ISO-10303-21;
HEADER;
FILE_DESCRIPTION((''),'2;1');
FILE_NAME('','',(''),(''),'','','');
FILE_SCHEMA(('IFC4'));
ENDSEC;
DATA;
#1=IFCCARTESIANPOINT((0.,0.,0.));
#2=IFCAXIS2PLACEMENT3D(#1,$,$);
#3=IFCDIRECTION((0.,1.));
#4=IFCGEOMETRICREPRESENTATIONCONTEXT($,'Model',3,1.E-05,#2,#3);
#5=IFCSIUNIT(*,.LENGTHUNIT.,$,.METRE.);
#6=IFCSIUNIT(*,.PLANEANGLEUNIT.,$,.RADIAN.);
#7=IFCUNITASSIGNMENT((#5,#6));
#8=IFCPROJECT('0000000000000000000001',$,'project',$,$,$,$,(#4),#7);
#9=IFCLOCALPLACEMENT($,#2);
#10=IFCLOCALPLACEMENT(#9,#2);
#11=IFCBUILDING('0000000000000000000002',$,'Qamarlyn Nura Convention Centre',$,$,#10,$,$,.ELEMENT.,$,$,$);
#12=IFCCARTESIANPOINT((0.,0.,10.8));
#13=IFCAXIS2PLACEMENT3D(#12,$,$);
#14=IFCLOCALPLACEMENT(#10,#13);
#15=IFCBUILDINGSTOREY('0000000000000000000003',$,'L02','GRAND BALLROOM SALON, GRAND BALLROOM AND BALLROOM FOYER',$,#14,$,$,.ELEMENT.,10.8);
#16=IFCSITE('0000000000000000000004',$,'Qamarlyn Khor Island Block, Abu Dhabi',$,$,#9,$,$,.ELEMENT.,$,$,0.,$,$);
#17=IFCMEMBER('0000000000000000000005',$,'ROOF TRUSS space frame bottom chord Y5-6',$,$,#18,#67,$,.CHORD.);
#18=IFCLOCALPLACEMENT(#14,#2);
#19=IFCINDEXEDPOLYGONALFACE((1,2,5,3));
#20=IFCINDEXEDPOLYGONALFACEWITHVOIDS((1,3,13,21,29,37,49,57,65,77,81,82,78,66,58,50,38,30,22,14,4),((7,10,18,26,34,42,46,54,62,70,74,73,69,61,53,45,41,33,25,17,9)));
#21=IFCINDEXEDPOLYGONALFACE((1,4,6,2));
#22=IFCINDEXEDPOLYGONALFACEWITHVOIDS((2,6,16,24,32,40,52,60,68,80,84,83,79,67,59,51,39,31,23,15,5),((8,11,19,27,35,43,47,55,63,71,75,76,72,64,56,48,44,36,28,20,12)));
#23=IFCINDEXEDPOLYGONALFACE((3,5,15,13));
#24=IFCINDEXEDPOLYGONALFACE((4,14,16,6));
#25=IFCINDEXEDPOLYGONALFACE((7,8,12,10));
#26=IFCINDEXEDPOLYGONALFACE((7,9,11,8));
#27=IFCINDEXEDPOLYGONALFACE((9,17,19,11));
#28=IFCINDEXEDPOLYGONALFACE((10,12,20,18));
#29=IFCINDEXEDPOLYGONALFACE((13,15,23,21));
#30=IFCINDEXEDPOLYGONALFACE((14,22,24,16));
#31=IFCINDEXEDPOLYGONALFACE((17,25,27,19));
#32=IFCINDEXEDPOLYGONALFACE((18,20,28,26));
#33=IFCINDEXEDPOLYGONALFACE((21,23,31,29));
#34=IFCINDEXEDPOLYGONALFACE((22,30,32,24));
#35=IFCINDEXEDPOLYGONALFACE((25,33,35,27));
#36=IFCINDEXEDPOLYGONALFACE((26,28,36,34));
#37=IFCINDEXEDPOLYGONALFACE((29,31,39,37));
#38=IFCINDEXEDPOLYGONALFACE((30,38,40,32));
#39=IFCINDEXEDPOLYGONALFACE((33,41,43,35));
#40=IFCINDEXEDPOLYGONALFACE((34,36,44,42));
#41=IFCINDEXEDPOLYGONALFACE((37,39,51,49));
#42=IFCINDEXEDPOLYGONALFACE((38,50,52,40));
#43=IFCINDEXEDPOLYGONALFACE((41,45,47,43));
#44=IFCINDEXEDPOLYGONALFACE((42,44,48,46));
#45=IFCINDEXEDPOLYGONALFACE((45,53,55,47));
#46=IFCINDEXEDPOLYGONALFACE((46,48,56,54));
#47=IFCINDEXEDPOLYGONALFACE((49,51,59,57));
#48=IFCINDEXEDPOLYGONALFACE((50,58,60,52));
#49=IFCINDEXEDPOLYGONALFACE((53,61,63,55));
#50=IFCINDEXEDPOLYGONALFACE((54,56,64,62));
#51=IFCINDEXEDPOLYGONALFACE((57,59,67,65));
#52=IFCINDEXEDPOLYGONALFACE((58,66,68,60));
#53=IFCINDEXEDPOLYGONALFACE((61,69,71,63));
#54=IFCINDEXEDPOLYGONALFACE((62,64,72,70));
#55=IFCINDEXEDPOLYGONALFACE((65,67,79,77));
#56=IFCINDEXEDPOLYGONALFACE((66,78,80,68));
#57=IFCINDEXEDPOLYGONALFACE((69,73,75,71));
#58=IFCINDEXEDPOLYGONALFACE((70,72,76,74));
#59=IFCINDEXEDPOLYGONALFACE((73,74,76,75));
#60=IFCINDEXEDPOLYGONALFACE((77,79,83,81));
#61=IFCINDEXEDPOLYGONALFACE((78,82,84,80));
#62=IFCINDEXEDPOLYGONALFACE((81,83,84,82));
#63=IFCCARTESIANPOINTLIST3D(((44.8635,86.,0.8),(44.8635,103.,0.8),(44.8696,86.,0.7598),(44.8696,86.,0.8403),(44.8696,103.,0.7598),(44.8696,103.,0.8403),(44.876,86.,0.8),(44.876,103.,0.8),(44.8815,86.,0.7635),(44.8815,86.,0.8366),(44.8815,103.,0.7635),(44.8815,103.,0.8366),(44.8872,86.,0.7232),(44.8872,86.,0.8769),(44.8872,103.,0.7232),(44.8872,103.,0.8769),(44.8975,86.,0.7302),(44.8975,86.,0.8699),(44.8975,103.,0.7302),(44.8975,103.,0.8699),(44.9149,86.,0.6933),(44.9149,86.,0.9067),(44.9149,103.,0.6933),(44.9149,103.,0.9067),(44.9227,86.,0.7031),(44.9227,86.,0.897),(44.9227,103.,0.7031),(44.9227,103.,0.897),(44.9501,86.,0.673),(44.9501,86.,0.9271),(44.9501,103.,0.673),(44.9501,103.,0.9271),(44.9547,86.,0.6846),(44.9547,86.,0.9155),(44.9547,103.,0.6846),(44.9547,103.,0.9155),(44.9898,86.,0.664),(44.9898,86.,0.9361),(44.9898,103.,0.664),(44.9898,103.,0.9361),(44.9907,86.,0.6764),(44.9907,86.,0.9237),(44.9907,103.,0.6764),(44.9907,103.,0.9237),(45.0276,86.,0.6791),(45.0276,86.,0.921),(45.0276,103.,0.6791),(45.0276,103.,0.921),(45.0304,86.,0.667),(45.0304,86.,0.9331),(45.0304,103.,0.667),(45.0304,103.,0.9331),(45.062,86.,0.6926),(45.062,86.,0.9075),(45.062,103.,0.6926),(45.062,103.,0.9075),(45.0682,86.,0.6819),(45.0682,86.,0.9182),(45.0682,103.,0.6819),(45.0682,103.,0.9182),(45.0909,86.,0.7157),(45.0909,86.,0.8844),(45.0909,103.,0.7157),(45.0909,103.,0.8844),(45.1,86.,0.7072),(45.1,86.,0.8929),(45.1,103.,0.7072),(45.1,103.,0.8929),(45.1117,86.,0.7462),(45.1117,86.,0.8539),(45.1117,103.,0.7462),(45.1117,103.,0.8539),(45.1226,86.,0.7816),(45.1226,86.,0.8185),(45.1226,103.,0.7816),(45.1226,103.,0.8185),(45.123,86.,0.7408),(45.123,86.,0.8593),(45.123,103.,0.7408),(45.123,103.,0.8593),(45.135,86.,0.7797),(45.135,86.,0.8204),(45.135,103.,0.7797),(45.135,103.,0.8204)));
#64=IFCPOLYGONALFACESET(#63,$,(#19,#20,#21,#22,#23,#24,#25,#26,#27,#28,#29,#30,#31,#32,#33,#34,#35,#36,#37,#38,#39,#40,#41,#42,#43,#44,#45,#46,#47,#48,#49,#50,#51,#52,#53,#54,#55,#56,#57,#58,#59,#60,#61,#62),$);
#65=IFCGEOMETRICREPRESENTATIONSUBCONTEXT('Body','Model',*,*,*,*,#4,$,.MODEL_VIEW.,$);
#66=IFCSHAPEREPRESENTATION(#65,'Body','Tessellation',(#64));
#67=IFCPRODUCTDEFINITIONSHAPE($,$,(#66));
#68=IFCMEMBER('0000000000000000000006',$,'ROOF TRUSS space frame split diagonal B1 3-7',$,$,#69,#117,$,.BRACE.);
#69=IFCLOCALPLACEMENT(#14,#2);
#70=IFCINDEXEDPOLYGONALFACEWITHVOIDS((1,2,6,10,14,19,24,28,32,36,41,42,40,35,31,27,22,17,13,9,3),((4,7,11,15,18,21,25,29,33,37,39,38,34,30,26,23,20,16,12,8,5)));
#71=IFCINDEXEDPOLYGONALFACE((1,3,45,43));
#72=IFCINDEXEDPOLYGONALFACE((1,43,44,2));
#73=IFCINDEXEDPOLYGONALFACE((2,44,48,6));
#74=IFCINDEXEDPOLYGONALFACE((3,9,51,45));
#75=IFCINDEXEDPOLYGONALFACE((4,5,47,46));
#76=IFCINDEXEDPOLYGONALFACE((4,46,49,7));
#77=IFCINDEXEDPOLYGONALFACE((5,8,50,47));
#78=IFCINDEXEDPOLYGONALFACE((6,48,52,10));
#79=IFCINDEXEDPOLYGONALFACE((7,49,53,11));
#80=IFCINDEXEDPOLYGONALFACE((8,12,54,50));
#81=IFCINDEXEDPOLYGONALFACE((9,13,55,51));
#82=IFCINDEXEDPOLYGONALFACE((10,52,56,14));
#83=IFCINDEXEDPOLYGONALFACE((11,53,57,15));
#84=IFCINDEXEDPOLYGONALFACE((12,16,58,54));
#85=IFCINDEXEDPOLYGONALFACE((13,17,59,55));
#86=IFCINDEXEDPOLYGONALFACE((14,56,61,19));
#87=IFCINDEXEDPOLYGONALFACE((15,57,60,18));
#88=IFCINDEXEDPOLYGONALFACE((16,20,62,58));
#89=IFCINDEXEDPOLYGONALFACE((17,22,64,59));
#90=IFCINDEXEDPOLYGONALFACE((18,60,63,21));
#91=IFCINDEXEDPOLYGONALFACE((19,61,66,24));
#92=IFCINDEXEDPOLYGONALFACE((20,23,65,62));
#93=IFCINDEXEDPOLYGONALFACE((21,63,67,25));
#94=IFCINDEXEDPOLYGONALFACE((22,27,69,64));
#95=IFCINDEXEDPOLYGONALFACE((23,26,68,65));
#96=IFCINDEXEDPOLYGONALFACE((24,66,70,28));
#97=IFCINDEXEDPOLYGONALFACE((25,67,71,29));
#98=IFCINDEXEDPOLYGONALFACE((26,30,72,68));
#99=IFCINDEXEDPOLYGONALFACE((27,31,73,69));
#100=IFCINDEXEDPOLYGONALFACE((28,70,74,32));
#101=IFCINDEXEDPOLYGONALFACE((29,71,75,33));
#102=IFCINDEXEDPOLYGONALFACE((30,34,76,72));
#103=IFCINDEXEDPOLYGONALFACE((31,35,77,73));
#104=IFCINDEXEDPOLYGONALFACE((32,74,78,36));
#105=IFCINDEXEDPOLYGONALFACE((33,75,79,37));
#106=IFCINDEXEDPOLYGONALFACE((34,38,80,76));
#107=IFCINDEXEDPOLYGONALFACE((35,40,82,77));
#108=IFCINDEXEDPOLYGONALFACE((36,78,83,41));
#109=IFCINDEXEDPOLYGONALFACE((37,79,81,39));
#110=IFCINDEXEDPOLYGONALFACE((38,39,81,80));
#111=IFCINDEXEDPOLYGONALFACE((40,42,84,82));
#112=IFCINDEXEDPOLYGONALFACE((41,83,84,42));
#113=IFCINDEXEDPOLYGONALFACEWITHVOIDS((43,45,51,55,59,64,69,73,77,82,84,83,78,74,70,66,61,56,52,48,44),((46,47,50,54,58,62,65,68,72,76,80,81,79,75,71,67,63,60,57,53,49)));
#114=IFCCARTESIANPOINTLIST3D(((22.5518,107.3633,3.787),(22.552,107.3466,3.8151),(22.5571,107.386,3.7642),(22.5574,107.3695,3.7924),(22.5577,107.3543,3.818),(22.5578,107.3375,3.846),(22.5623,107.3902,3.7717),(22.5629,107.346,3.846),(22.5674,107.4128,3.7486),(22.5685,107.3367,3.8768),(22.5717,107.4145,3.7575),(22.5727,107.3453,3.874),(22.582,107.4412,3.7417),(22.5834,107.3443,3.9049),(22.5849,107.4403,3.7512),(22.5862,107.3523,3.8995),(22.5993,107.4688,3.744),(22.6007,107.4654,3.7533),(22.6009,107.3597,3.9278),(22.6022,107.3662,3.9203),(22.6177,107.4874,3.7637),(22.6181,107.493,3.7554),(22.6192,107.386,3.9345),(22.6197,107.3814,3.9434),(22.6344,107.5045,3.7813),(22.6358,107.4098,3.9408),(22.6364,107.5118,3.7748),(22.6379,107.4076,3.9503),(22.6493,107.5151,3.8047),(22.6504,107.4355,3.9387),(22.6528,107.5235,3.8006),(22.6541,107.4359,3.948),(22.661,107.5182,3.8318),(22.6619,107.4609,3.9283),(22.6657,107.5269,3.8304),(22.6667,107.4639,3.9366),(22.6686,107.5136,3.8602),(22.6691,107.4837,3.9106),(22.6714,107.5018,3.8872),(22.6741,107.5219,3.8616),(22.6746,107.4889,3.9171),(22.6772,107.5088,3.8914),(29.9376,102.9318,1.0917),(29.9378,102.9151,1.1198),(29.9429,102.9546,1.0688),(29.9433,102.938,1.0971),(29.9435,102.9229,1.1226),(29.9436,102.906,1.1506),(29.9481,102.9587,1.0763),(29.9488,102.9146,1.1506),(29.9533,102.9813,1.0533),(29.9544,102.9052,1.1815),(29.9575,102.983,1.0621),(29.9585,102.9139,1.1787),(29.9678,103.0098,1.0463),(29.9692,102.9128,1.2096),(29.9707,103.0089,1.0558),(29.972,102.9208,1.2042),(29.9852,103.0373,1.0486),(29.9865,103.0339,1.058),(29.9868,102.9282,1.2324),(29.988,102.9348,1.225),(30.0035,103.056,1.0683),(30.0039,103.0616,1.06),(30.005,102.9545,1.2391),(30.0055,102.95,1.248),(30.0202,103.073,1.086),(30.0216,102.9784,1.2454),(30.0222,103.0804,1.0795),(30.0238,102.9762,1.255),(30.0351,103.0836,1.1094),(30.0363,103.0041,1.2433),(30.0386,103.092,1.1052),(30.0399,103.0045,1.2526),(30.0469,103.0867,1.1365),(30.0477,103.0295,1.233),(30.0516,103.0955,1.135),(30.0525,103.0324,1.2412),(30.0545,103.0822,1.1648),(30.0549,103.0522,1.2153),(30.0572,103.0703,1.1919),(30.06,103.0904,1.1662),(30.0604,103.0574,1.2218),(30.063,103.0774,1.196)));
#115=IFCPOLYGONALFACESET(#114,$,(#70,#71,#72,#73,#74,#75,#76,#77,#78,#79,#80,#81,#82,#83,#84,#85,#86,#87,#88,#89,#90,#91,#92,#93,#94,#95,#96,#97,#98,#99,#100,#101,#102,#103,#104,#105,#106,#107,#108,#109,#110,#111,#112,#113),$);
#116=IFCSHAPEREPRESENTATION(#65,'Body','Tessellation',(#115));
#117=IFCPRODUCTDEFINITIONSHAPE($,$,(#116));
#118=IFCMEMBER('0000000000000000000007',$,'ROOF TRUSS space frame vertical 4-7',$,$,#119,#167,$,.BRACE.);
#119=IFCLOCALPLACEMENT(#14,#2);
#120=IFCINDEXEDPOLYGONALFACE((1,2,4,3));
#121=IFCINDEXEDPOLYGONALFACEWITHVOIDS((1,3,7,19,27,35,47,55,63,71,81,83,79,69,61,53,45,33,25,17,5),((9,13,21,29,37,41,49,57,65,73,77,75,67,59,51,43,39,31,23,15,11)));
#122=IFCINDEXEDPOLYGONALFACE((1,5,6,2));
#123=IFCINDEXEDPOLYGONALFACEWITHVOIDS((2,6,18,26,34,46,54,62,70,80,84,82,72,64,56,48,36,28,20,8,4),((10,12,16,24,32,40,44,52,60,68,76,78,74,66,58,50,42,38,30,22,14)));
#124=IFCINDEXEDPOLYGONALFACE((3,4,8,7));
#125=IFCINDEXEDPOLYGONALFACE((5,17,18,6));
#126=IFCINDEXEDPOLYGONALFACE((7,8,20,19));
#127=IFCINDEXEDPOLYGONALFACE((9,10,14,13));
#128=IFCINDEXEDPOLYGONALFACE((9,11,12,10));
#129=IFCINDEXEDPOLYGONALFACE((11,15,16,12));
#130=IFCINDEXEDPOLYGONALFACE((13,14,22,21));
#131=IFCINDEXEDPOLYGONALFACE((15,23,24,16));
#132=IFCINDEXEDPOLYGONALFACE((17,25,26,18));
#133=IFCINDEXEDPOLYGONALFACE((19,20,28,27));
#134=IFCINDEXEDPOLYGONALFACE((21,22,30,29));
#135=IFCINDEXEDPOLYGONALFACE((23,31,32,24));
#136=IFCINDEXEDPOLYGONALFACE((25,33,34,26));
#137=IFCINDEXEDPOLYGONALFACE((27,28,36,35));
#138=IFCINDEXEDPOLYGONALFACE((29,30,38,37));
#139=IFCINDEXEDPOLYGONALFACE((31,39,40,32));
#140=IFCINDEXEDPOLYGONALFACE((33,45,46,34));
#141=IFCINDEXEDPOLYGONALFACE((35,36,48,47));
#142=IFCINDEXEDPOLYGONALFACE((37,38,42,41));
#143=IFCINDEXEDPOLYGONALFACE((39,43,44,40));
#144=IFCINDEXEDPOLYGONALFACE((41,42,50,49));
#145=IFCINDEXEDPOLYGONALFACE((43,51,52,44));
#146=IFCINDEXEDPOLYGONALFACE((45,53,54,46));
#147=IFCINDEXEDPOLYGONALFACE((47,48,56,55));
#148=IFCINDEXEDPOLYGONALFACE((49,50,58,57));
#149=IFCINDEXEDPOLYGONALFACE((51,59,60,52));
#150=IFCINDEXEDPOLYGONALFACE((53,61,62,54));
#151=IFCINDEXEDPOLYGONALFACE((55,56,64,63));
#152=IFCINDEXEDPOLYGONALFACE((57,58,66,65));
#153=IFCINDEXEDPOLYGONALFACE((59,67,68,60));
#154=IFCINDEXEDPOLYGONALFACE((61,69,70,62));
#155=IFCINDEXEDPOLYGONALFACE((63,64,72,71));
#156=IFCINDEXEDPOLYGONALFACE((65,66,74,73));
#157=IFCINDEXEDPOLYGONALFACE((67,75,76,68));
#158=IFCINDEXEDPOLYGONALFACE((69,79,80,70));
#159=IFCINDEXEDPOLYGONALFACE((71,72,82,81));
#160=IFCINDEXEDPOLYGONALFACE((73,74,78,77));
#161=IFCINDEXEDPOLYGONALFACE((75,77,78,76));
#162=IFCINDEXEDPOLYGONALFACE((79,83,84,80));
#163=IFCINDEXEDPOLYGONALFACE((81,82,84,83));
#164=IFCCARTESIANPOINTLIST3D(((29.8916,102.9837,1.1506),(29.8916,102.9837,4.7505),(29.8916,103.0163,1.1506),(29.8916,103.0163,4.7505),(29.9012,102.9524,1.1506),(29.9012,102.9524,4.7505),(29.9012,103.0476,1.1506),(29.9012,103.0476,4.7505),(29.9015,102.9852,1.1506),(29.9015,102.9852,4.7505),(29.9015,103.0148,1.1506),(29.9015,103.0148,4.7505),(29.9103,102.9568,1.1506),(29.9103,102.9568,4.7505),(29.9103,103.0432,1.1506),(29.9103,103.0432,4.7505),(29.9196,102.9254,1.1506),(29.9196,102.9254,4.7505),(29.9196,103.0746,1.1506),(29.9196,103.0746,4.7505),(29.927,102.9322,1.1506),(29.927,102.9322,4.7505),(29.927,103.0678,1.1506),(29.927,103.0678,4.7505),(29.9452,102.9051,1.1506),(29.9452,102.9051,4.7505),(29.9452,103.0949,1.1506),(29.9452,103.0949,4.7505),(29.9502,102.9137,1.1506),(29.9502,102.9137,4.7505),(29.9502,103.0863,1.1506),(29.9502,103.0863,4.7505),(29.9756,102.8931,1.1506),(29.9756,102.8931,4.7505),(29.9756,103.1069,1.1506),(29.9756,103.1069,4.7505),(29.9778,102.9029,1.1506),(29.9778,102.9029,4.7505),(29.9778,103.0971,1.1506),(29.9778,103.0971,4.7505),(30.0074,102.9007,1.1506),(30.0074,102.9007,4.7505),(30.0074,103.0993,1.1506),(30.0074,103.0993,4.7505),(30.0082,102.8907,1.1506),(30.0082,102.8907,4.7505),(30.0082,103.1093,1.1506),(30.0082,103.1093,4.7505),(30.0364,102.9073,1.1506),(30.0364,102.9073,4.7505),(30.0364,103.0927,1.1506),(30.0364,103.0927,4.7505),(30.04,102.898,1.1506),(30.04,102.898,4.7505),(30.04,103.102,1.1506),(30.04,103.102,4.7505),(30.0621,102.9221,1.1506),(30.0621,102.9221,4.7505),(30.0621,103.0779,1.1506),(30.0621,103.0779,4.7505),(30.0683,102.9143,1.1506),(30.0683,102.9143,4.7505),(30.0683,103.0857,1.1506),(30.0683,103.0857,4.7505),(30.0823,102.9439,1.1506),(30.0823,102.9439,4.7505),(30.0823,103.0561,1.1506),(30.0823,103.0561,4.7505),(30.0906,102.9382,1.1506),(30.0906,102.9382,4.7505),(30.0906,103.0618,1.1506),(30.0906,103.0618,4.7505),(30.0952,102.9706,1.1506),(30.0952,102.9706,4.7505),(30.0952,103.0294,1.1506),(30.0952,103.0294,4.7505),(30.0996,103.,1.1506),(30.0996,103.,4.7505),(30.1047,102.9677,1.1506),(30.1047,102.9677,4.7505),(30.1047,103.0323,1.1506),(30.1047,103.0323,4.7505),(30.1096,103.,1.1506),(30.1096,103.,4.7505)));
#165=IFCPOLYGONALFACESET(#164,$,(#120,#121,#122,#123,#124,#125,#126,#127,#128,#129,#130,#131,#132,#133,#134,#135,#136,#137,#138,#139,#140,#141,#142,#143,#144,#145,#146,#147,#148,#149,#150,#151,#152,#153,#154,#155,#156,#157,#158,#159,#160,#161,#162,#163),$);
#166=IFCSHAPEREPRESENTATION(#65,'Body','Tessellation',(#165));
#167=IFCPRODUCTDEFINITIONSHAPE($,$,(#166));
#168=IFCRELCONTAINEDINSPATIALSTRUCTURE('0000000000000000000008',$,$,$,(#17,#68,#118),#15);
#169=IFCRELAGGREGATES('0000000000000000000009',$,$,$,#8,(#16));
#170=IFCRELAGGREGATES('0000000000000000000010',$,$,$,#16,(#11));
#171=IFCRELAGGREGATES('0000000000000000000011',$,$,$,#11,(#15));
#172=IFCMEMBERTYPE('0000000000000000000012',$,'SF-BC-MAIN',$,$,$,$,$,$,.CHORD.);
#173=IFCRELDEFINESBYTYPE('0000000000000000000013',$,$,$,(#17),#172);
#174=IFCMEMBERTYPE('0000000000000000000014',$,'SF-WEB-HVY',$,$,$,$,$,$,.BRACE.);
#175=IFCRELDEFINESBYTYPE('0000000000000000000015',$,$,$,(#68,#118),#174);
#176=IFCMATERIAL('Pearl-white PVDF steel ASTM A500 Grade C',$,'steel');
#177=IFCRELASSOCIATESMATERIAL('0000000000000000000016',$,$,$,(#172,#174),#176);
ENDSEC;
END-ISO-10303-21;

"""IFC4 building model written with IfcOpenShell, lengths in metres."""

from ifc_helpers import new_model, si_unit, direction, frame, origin, origin_2d, place, context, subcontext, project, spatial, hollow_circle, extrude, material, material_profile, profile_set, type_object, element, save


model = new_model("IFC4")

# Units and contexts
model_context = context("Model", 3, precision=1e-05, world=origin(), true_north=direction((0.0, 1.0)))
body_context = subcontext(model_context, "Body", "Model", "MODEL_VIEW")
ifc_project = project(units=[si_unit("LENGTHUNIT", "METRE"), si_unit("PLANEANGLEUNIT", "RADIAN")], contexts=[model_context])

# Site, building, storey
site_placement = place(None, origin())
site = spatial("IfcSite", under=ifc_project, at=site_placement, Name="Qamarlyn Khor Island Block, Abu Dhabi", CompositionType="ELEMENT", RefElevation=0.0)
building_placement = place(site_placement, origin())
building = spatial("IfcBuilding", under=site, at=building_placement, Name="Qamarlyn Nura Convention Centre", CompositionType="ELEMENT")
storey_placement = place(building_placement, frame((0.0, 0.0, 10.8)))
storey = spatial("IfcBuildingStorey", under=building, at=storey_placement, Name="L02", Description="GRAND BALLROOM SALON, GRAND BALLROOM AND BALLROOM FOYER", CompositionType="ELEMENT", Elevation=10.8)

# Shared definitions
ifc_material_1 = material(Name="Pearl-white PVDF steel ASTM A500 Grade C", Category="steel")

# Members
ifc_material_profile_1 = material_profile(ifc_material_1, hollow_circle(Radius=0.1365, WallThickness=0.0125, at=origin_2d()), Name="CHS273X12.5")
ifc_profile_set_1 = profile_set([ifc_material_profile_1], Name="Pearl-white PVDF steel ASTM A500 Grade C")
member_type_1 = type_object("IfcMemberType", Name="SF-BC-MAIN", PredefinedType="CHORD", material=ifc_profile_set_1)
member_1_placement = place(storey_placement, frame((45.0, 86.0, 0.8), z_axis=(0.0, 1.0, 0.0), x_axis=(-1.0, 0.0, 0.0)))
element("IfcMember", 1, at=member_1_placement, inside=storey, type_object=member_type_1, Name="ROOF TRUSS space frame bottom chord Y5-6", PredefinedType="CHORD", context=body_context, shape_type="SweptSolid", body=[
    extrude(hollow_circle(Radius=0.1365, WallThickness=0.0125, at=origin_2d()), origin(), (0.0, 0.0, 1.0), 17.0),
])
ifc_material_profile_2 = material_profile(ifc_material_1, hollow_circle(Radius=0.1096, WallThickness=0.01, at=origin_2d()), Name="CHS219.1X10")
ifc_profile_set_2 = profile_set([ifc_material_profile_2], Name="Pearl-white PVDF steel ASTM A500 Grade C")
member_type_2 = type_object("IfcMemberType", Name="SF-WEB-HVY", PredefinedType="BRACE", material=ifc_profile_set_2)
member_2_placement = place(storey_placement, frame((30.0, 103.0, 1.1506), z_axis=(-0.818362, 0.491012, 0.298649), x_axis=(-0.514492, -0.857495, 0.0)))
element("IfcMember", 2, at=member_2_placement, inside=storey, type_object=member_type_2, Name="ROOF TRUSS space frame split diagonal B1 3-7", PredefinedType="BRACE", context=body_context, shape_type="SweptSolid", body=[
    extrude(hollow_circle(Radius=0.1096, WallThickness=0.01, at=origin_2d()), origin(), (0.0, 0.0, 1.0), 9.0251),
])
member_3_placement = place(storey_placement, frame((30.0, 103.0, 1.1506), z_axis=(0.0, 0.0, 1.0), x_axis=(1.0, 0.0, 0.0)))
element("IfcMember", 3, at=member_3_placement, inside=storey, type_object=member_type_2, Name="ROOF TRUSS space frame vertical 4-7", PredefinedType="BRACE", context=body_context, shape_type="SweptSolid", body=[
    extrude(hollow_circle(Radius=0.1096, WallThickness=0.01, at=origin_2d()), origin(), (0.0, 0.0, 1.0), 3.5999),
])

save(model, "model.ifc")
